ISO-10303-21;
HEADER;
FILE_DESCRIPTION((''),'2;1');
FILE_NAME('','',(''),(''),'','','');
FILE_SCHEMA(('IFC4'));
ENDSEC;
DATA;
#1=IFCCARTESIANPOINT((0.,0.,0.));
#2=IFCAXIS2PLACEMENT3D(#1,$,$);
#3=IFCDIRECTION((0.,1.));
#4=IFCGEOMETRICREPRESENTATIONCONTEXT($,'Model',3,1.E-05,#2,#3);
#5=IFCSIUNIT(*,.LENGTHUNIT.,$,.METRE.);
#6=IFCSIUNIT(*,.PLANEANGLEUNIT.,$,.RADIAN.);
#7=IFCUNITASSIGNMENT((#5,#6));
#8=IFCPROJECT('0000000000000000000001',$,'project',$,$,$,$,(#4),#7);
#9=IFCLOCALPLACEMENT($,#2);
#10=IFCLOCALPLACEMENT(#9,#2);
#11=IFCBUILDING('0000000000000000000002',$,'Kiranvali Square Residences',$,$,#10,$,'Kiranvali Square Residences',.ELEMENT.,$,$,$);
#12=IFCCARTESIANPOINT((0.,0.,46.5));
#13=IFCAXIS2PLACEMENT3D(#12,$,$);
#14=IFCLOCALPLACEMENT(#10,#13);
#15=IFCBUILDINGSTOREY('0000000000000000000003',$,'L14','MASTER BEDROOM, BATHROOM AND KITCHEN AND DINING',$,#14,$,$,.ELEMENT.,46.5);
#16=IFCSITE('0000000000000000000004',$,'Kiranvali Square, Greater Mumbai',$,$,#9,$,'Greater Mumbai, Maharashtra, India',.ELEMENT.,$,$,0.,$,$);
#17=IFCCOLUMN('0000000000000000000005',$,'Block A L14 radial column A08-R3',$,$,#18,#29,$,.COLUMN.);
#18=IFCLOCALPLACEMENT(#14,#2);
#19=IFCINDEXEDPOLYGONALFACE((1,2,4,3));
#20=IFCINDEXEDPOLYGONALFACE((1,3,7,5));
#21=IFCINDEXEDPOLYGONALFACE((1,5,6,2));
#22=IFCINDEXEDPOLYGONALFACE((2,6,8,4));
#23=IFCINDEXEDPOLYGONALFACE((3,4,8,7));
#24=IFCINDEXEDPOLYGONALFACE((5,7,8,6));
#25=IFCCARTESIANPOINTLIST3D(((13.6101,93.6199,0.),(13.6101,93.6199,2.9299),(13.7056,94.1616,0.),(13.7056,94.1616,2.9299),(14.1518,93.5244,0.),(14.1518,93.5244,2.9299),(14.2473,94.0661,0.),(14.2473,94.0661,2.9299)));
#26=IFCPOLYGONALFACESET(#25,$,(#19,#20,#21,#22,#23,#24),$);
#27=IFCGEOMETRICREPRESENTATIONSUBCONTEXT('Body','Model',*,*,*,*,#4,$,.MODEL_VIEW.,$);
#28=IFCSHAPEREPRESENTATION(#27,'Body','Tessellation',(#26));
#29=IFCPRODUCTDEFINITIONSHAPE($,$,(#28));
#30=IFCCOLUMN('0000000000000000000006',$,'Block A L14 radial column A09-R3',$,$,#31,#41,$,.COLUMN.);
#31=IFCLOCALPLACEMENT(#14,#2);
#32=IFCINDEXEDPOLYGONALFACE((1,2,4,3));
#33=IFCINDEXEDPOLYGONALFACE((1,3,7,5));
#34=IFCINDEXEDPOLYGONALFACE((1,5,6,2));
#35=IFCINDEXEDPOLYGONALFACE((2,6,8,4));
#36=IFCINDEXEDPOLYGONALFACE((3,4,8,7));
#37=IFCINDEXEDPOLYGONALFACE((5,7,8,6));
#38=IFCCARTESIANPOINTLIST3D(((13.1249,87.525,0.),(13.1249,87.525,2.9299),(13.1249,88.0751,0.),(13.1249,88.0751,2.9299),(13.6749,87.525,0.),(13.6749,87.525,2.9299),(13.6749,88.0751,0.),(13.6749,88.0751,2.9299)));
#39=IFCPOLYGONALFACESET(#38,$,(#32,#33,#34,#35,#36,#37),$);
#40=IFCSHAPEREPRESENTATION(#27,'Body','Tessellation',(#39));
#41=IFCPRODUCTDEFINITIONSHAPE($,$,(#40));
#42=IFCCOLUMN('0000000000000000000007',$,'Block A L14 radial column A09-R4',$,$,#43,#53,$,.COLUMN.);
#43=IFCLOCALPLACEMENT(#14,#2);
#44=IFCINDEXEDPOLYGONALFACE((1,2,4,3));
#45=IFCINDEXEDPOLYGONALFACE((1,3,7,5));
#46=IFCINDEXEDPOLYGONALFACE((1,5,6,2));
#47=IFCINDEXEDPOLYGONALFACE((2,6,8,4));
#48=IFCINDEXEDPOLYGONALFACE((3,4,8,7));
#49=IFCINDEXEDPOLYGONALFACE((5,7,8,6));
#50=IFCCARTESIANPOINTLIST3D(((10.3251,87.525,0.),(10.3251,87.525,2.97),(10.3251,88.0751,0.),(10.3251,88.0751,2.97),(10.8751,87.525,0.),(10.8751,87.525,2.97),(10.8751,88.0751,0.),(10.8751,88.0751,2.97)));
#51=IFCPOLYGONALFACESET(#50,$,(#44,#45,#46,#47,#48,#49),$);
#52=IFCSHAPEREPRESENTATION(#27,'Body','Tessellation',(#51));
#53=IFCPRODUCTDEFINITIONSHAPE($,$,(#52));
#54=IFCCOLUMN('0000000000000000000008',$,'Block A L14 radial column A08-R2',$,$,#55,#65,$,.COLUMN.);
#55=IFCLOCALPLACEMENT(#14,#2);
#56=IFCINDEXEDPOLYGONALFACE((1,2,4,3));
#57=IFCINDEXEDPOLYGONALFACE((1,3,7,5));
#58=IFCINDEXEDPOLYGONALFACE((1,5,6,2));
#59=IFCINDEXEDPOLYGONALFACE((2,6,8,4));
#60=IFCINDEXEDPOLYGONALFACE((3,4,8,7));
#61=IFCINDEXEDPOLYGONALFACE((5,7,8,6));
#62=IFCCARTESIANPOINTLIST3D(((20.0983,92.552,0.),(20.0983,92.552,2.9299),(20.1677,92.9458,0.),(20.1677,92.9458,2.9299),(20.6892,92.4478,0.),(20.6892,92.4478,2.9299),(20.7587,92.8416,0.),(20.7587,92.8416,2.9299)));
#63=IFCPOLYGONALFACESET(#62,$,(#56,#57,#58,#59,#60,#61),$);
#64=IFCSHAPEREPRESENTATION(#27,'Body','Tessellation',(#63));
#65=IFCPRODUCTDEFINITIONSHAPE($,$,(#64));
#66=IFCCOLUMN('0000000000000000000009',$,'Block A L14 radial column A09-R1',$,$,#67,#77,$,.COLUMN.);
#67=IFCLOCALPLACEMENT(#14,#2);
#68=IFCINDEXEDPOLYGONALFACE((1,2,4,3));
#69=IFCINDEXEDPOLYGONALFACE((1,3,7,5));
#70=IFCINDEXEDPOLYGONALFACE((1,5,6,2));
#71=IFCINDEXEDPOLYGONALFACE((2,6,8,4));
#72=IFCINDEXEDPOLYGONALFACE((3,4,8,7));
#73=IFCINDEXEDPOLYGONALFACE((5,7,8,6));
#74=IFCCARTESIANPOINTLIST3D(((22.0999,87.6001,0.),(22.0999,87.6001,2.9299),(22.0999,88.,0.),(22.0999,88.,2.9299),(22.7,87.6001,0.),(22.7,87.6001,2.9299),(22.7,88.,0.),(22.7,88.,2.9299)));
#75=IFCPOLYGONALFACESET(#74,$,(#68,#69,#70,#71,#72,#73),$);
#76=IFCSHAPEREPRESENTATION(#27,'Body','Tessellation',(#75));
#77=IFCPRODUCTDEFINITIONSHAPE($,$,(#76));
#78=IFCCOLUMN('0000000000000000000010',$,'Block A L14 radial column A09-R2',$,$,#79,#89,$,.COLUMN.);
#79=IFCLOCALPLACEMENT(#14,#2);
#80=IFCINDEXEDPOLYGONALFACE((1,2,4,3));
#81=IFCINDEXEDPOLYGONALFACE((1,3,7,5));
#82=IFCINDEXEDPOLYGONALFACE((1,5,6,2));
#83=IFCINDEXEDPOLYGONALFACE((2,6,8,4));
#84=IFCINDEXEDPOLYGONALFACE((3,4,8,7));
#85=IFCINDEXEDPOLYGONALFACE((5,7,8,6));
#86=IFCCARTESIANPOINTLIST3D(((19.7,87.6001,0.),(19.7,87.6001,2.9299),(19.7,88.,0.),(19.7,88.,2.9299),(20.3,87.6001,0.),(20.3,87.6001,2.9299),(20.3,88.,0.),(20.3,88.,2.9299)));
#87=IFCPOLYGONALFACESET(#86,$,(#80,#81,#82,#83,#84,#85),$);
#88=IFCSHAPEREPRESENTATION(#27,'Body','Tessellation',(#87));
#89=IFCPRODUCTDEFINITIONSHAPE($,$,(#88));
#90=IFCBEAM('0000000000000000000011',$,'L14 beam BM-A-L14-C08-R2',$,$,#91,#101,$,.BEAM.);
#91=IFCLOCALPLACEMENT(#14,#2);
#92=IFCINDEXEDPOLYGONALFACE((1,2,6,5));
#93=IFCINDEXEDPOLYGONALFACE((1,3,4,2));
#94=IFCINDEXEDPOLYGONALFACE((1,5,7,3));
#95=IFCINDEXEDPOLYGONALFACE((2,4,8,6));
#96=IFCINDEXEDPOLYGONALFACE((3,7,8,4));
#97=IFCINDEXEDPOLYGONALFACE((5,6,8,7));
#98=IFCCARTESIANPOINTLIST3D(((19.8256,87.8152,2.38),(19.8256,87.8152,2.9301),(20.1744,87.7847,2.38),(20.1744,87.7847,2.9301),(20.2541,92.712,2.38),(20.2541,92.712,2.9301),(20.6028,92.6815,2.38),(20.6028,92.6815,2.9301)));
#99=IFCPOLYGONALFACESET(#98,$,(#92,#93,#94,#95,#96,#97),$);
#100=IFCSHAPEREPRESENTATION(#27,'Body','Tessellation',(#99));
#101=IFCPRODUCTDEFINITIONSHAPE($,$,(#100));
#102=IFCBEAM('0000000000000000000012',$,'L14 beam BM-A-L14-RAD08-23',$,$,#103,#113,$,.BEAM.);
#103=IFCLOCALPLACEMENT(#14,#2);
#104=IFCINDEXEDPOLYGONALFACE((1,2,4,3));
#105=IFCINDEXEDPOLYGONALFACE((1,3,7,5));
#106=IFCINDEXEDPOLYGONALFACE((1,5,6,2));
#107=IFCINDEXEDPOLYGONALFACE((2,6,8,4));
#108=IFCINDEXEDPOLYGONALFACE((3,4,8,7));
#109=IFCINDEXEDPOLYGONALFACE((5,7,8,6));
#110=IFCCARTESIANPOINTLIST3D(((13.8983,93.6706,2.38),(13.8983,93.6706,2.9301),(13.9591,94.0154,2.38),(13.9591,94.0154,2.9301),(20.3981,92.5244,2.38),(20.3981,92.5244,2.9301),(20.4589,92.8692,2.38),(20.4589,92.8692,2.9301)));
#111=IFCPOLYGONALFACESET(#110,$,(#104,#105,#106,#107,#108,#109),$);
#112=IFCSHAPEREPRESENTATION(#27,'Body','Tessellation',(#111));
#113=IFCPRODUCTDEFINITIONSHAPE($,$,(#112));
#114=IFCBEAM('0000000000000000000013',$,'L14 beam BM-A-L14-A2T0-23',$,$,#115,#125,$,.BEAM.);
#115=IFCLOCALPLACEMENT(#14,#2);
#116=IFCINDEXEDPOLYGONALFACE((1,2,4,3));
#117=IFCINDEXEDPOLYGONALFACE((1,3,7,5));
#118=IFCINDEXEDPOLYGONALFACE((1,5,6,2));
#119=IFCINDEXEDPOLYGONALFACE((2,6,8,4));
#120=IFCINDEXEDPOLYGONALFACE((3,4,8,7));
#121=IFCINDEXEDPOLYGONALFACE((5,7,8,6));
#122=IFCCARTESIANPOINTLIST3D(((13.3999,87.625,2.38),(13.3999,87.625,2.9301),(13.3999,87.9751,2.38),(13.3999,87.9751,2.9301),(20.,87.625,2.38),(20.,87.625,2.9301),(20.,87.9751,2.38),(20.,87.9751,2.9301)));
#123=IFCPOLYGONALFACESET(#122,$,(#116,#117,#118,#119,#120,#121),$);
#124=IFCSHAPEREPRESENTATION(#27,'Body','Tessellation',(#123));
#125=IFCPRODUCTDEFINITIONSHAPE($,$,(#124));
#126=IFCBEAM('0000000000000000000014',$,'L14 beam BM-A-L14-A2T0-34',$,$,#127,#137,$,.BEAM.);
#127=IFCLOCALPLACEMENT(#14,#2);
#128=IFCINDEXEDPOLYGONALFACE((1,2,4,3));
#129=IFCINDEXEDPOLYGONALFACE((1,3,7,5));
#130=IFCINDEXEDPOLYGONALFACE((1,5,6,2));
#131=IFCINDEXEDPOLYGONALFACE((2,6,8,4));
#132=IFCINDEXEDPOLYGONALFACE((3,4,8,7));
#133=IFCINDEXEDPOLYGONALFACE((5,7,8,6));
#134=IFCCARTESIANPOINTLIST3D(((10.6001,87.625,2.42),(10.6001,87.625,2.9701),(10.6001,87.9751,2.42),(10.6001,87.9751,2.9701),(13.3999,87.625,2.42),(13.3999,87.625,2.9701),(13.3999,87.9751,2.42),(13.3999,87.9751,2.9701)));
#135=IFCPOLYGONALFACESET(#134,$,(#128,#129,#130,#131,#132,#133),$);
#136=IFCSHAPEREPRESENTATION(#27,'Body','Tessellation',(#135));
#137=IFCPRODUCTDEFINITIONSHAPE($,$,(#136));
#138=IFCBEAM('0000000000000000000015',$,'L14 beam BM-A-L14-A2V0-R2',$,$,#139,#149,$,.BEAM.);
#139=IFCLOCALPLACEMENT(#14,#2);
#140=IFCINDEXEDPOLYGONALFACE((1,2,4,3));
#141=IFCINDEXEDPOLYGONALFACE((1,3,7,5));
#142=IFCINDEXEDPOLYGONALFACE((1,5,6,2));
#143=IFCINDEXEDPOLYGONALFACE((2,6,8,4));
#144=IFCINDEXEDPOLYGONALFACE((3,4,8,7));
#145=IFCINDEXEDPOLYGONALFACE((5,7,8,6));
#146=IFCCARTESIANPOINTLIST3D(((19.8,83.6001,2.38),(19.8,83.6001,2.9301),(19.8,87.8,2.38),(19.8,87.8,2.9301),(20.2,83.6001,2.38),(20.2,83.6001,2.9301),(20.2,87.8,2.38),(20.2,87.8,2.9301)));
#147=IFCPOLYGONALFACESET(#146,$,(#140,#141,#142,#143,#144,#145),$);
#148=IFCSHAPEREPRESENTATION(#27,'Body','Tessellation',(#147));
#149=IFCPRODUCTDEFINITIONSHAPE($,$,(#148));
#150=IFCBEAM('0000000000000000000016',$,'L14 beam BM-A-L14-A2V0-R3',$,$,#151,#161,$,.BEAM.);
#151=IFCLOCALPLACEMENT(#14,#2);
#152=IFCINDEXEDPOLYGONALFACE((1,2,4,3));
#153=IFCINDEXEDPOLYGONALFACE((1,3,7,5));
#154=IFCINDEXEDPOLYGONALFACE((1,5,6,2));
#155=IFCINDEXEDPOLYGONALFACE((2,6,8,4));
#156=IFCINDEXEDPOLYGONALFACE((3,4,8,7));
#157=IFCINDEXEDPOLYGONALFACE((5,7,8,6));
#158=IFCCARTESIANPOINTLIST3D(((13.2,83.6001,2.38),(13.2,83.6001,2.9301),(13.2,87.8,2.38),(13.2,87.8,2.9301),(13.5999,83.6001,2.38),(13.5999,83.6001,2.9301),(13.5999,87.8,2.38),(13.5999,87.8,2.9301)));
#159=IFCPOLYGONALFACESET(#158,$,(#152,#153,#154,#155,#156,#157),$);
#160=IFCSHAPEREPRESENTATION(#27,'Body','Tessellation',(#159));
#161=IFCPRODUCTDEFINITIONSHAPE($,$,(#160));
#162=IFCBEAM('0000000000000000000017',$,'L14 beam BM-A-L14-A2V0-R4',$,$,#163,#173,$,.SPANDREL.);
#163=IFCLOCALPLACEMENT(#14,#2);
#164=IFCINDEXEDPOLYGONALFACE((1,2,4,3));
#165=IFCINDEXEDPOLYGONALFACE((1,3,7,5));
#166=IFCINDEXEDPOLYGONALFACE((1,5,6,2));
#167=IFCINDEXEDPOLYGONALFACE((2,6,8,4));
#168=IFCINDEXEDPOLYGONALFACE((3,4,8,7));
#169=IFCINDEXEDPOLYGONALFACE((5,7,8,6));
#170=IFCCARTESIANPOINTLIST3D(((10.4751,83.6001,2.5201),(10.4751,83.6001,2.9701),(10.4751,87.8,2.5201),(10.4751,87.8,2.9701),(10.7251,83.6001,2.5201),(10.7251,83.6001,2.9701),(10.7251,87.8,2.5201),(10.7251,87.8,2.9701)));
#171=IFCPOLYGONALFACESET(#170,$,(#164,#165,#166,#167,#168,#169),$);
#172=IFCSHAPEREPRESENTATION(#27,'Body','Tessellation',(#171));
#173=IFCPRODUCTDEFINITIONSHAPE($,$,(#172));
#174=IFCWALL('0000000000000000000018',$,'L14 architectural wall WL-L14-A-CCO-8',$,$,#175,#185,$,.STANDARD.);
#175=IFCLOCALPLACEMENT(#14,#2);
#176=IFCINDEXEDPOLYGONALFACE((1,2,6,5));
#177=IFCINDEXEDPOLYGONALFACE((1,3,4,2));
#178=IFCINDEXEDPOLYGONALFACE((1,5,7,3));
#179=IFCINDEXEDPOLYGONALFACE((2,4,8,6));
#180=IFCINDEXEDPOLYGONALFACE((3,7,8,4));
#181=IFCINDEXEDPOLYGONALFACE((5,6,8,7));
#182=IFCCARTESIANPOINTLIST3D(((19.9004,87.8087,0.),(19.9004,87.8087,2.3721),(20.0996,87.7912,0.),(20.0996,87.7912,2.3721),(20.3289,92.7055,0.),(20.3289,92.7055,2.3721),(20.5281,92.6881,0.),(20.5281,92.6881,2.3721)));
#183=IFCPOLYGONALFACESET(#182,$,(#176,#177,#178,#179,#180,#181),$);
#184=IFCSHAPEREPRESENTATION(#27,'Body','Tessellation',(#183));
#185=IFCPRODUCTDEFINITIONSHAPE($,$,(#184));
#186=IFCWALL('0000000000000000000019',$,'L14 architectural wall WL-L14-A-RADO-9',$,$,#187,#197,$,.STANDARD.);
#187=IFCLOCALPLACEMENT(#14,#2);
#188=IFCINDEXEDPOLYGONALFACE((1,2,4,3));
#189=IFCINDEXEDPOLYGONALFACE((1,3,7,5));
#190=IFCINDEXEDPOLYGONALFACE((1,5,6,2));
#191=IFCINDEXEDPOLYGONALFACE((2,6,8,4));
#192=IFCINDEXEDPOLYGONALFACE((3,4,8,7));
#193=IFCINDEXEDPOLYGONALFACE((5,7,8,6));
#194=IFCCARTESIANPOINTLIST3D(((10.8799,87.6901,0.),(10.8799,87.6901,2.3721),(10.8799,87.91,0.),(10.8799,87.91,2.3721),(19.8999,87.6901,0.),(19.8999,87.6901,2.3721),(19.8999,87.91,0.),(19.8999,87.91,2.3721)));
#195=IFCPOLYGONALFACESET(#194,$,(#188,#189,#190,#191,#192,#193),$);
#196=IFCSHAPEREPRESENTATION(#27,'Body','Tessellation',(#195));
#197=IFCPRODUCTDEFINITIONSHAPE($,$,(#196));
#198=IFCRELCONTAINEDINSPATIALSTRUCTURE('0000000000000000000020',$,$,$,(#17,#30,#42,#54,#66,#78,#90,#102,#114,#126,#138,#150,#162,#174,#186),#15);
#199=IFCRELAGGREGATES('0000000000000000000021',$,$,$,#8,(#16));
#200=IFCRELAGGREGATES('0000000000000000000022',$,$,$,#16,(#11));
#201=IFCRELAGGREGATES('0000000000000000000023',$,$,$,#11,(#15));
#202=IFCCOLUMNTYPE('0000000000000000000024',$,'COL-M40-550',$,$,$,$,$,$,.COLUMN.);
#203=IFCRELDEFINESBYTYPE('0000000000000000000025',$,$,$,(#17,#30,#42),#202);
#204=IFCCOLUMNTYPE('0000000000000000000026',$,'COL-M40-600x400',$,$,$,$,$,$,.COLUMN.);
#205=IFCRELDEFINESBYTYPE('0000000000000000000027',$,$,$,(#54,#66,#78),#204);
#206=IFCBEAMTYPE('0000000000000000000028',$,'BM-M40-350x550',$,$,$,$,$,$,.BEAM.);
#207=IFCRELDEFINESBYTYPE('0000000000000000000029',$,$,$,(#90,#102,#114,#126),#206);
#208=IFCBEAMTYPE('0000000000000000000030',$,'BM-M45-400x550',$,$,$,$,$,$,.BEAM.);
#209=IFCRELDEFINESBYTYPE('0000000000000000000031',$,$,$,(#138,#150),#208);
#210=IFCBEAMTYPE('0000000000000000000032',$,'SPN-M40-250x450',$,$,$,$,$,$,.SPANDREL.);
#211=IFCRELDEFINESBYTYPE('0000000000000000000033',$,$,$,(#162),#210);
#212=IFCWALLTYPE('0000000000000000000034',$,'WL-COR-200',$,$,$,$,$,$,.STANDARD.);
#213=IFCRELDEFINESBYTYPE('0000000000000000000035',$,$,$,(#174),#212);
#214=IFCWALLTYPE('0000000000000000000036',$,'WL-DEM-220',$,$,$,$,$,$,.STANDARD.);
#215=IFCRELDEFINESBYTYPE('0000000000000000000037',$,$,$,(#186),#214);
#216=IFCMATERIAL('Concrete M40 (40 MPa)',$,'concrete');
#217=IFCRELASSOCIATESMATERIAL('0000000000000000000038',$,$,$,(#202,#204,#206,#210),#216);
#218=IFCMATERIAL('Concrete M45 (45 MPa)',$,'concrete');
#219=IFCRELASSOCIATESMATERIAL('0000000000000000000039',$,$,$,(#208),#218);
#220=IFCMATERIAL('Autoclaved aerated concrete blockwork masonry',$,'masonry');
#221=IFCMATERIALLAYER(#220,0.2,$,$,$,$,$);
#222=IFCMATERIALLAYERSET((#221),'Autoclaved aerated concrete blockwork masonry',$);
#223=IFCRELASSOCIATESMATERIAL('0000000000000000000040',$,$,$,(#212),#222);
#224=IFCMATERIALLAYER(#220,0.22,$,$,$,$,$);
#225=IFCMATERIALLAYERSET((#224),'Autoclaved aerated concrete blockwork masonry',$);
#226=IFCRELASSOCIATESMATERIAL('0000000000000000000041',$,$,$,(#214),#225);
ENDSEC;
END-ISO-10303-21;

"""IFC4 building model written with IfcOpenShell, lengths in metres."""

from ifc_helpers import new_model, si_unit, direction, frame, frame_2d, origin, origin_2d, place, context, subcontext, project, spatial, rectangle, extrude, material, layer, layer_set, material_profile, profile_set, type_object, element, save


model = new_model("IFC4")

# Units and contexts
model_context = context("Model", 3, precision=1e-05, world=origin(), true_north=direction((0.0, 1.0)))
body_context = subcontext(model_context, "Body", "Model", "MODEL_VIEW")
ifc_project = project(units=[si_unit("LENGTHUNIT", "METRE"), si_unit("PLANEANGLEUNIT", "RADIAN")], contexts=[model_context])

# Site, building, storey
site_placement = place(None, origin())
site = spatial("IfcSite", under=ifc_project, at=site_placement, Name="Kiranvali Square, Greater Mumbai", LongName="Greater Mumbai, Maharashtra, India", CompositionType="ELEMENT", RefElevation=0.0)
building_placement = place(site_placement, origin())
building = spatial("IfcBuilding", under=site, at=building_placement, Name="Kiranvali Square Residences", LongName="Kiranvali Square Residences", CompositionType="ELEMENT")
storey_placement = place(building_placement, frame((0.0, 0.0, 46.5)))
storey = spatial("IfcBuildingStorey", under=building, at=storey_placement, Name="L14", Description="MASTER BEDROOM, BATHROOM AND KITCHEN AND DINING", CompositionType="ELEMENT", Elevation=46.5)

# Columns
ifc_material_1 = material(Name="Concrete M40 (40 MPa)", Category="concrete")
ifc_material_profile_1 = material_profile(ifc_material_1, rectangle(XDim=0.55, YDim=0.55, at=origin_2d()), Name="RC 550x550")
ifc_profile_set_1 = profile_set([ifc_material_profile_1], Name="Concrete M40 (40 MPa)")
column_type_1 = type_object("IfcColumnType", Name="COL-M40-550", PredefinedType="COLUMN", material=ifc_profile_set_1)
for number, where, z_axis, x_axis, name in (
    (1, (13.9287, 93.843, 0.0), (0.0, 0.0, 1.0), (0.173648, 0.984808, 0.0), "Block A L14 radial column A08-R3"),
    (2, (13.3999, 87.8, 0.0), (0.0, 0.0, 1.0), (0.0, 1.0, 0.0), "Block A L14 radial column A09-R3"),
):
    element("IfcColumn", number, at=place(storey_placement, frame(where, z_axis=z_axis, x_axis=x_axis)), inside=storey, type_object=column_type_1, Name=name, PredefinedType="COLUMN", context=body_context, shape_type="SweptSolid", body=[
        extrude(rectangle(XDim=0.55, YDim=0.55, at=origin_2d()), origin(), (0.0, 0.0, 1.0), 2.9299),
    ])
column_placement = place(storey_placement, frame((10.6001, 87.8, 0.0), z_axis=(0.0, 0.0, 1.0), x_axis=(0.0, 1.0, 0.0)))
element("IfcColumn", 3, at=column_placement, inside=storey, type_object=column_type_1, Name="Block A L14 radial column A09-R4", PredefinedType="COLUMN", context=body_context, shape_type="SweptSolid", body=[
    extrude(rectangle(XDim=0.55, YDim=0.55, at=origin_2d()), origin(), (0.0, 0.0, 1.0), 2.97),
])
ifc_material_profile_2 = material_profile(ifc_material_1, rectangle(XDim=0.3999, YDim=0.6001, at=origin_2d()), Name="RC 600x400")
ifc_profile_set_2 = profile_set([ifc_material_profile_2], Name="Concrete M40 (40 MPa)")
column_type_2 = type_object("IfcColumnType", Name="COL-M40-600x400", PredefinedType="COLUMN", material=ifc_profile_set_2)
for number, where, z_axis, x_axis, name in (
    (4, (20.4285, 92.6968, 0.0), (0.0, 0.0, 1.0), (0.173648, 0.984808, 0.0), "Block A L14 radial column A08-R2"),
    (5, (22.3999, 87.8, 0.0), (0.0, 0.0, 1.0), (0.0, 1.0, 0.0), "Block A L14 radial column A09-R1"),
    (6, (20.0, 87.8, 0.0), (0.0, 0.0, 1.0), (0.0, 1.0, 0.0), "Block A L14 radial column A09-R2"),
):
    element("IfcColumn", number, at=place(storey_placement, frame(where, z_axis=z_axis, x_axis=x_axis)), inside=storey, type_object=column_type_2, Name=name, PredefinedType="COLUMN", context=body_context, shape_type="SweptSolid", body=[
        extrude(rectangle(XDim=0.3999, YDim=0.6001, at=origin_2d()), origin(), (0.0, 0.0, 1.0), 2.9299),
    ])

# Beams
ifc_material_profile_3 = material_profile(ifc_material_1, rectangle(XDim=0.3501, YDim=0.55, at=origin_2d()), Name="RC 350x550")
ifc_profile_set_3 = profile_set([ifc_material_profile_3], Name="Concrete M40 (40 MPa)")
beam_type_1 = type_object("IfcBeamType", Name="BM-M40-350x550", PredefinedType="BEAM", material=ifc_profile_set_3)
beam_1_placement = place(storey_placement, frame((20.4285, 92.6968, 2.655), z_axis=(-0.087168, -0.996194, 0.0), x_axis=(0.996194, -0.087168, 0.0)))
element("IfcBeam", 7, at=beam_1_placement, inside=storey, type_object=beam_type_1, Name="L14 beam BM-A-L14-C08-R2", PredefinedType="BEAM", context=body_context, shape_type="SweptSolid", body=[
    extrude(rectangle(XDim=0.3501, YDim=0.55, at=origin_2d()), origin(), (0.0, 0.0, 1.0), 4.9155),
])
for number, where, z_axis, x_axis, name in (
    (8, (20.4285, 92.6968, 2.655), (-0.984804, 0.173671, 0.0), (-0.173671, -0.984804, 0.0), "L14 beam BM-A-L14-RAD08-23"),
    (9, (20.0, 87.8, 2.655), (-1.0, 0.0, 0.0), (0.0, -1.0, 0.0), "L14 beam BM-A-L14-A2T0-23"),
):
    element("IfcBeam", number, at=place(storey_placement, frame(where, z_axis=z_axis, x_axis=x_axis)), inside=storey, type_object=beam_type_1, Name=name, PredefinedType="BEAM", context=body_context, shape_type="SweptSolid", body=[
        extrude(rectangle(XDim=0.3501, YDim=0.55, at=origin_2d()), origin(), (0.0, 0.0, 1.0), 6.6001),
    ])
beam_2_placement = place(storey_placement, frame((13.3999, 87.8, 2.6951), z_axis=(-1.0, 0.0, 0.0), x_axis=(0.0, -1.0, 0.0)))
element("IfcBeam", 10, at=beam_2_placement, inside=storey, type_object=beam_type_1, Name="L14 beam BM-A-L14-A2T0-34", PredefinedType="BEAM", context=body_context, shape_type="SweptSolid", body=[
    extrude(rectangle(XDim=0.3501, YDim=0.55, at=origin_2d()), origin(), (0.0, 0.0, 1.0), 2.7998),
])
ifc_material_2 = material(Name="Concrete M45 (45 MPa)", Category="concrete")
ifc_material_profile_4 = material_profile(ifc_material_2, rectangle(XDim=0.3999, YDim=0.55, at=origin_2d()), Name="RC 400x550")
ifc_profile_set_4 = profile_set([ifc_material_profile_4], Name="Concrete M45 (45 MPa)")
beam_type_2 = type_object("IfcBeamType", Name="BM-M45-400x550", PredefinedType="BEAM", material=ifc_profile_set_4)
for number, where, z_axis, x_axis, name in (
    (11, (20.0, 87.8, 2.655), (0.0, -1.0, 0.0), (1.0, 0.0, 0.0), "L14 beam BM-A-L14-A2V0-R2"),
    (12, (13.3999, 87.8, 2.655), (0.0, -1.0, 0.0), (1.0, 0.0, 0.0), "L14 beam BM-A-L14-A2V0-R3"),
):
    element("IfcBeam", number, at=place(storey_placement, frame(where, z_axis=z_axis, x_axis=x_axis)), inside=storey, type_object=beam_type_2, Name=name, PredefinedType="BEAM", context=body_context, shape_type="SweptSolid", body=[
        extrude(rectangle(XDim=0.3999, YDim=0.55, at=origin_2d()), origin(), (0.0, 0.0, 1.0), 4.2),
    ])
ifc_material_profile_5 = material_profile(ifc_material_1, rectangle(XDim=0.25, YDim=0.45, at=origin_2d()), Name="RC 250x450")
ifc_profile_set_5 = profile_set([ifc_material_profile_5], Name="Concrete M40 (40 MPa)")
beam_type_3 = type_object("IfcBeamType", Name="SPN-M40-250x450", PredefinedType="SPANDREL", material=ifc_profile_set_5)
beam_3_placement = place(storey_placement, frame((10.6001, 87.8, 2.7451), z_axis=(0.0, -1.0, 0.0), x_axis=(1.0, 0.0, 0.0)))
element("IfcBeam", 13, at=beam_3_placement, inside=storey, type_object=beam_type_3, Name="L14 beam BM-A-L14-A2V0-R4", PredefinedType="SPANDREL", context=body_context, shape_type="SweptSolid", body=[
    extrude(rectangle(XDim=0.25, YDim=0.45, at=origin_2d()), origin(), (0.0, 0.0, 1.0), 4.2),
])

# Wall
ifc_material_3 = material(Name="Autoclaved aerated concrete blockwork masonry", Category="masonry")
ifc_layer_1 = layer(ifc_material_3, 0.2)
ifc_layer_set_1 = layer_set([ifc_layer_1], Name="Autoclaved aerated concrete blockwork masonry")
wall_type_1 = type_object("IfcWallType", Name="WL-COR-200", PredefinedType="STANDARD", material=ifc_layer_set_1)
wall_1_placement = place(storey_placement, frame((20.4285, 92.6968, 0.0), z_axis=(0.0, 0.0, 1.0), x_axis=(-0.087168, -0.996194, 0.0)))
element("IfcWall", 14, at=wall_1_placement, inside=storey, type_object=wall_type_1, Name="L14 architectural wall WL-L14-A-CCO-8", PredefinedType="STANDARD", context=body_context, shape_type="SweptSolid", body=[
    extrude(rectangle(XDim=4.9155, YDim=0.2, at=frame_2d((2.4578, 0.0))), origin(), (0.0, 0.0, 1.0), 2.3721),
])

# Wall
ifc_layer_2 = layer(ifc_material_3, 0.22)
ifc_layer_set_2 = layer_set([ifc_layer_2], Name="Autoclaved aerated concrete blockwork masonry")
wall_type_2 = type_object("IfcWallType", Name="WL-DEM-220", PredefinedType="STANDARD", material=ifc_layer_set_2)
wall_2_placement = place(storey_placement, frame((19.8999, 87.8, 0.0), z_axis=(0.0, 0.0, 1.0), x_axis=(-1.0, 0.0, 0.0)))
element("IfcWall", 15, at=wall_2_placement, inside=storey, type_object=wall_type_2, Name="L14 architectural wall WL-L14-A-RADO-9", PredefinedType="STANDARD", context=body_context, shape_type="SweptSolid", body=[
    extrude(rectangle(XDim=9.02, YDim=0.22, at=frame_2d((4.51, 0.0))), origin(), (0.0, 0.0, 1.0), 2.3721),
])

save(model, "model.ifc")
